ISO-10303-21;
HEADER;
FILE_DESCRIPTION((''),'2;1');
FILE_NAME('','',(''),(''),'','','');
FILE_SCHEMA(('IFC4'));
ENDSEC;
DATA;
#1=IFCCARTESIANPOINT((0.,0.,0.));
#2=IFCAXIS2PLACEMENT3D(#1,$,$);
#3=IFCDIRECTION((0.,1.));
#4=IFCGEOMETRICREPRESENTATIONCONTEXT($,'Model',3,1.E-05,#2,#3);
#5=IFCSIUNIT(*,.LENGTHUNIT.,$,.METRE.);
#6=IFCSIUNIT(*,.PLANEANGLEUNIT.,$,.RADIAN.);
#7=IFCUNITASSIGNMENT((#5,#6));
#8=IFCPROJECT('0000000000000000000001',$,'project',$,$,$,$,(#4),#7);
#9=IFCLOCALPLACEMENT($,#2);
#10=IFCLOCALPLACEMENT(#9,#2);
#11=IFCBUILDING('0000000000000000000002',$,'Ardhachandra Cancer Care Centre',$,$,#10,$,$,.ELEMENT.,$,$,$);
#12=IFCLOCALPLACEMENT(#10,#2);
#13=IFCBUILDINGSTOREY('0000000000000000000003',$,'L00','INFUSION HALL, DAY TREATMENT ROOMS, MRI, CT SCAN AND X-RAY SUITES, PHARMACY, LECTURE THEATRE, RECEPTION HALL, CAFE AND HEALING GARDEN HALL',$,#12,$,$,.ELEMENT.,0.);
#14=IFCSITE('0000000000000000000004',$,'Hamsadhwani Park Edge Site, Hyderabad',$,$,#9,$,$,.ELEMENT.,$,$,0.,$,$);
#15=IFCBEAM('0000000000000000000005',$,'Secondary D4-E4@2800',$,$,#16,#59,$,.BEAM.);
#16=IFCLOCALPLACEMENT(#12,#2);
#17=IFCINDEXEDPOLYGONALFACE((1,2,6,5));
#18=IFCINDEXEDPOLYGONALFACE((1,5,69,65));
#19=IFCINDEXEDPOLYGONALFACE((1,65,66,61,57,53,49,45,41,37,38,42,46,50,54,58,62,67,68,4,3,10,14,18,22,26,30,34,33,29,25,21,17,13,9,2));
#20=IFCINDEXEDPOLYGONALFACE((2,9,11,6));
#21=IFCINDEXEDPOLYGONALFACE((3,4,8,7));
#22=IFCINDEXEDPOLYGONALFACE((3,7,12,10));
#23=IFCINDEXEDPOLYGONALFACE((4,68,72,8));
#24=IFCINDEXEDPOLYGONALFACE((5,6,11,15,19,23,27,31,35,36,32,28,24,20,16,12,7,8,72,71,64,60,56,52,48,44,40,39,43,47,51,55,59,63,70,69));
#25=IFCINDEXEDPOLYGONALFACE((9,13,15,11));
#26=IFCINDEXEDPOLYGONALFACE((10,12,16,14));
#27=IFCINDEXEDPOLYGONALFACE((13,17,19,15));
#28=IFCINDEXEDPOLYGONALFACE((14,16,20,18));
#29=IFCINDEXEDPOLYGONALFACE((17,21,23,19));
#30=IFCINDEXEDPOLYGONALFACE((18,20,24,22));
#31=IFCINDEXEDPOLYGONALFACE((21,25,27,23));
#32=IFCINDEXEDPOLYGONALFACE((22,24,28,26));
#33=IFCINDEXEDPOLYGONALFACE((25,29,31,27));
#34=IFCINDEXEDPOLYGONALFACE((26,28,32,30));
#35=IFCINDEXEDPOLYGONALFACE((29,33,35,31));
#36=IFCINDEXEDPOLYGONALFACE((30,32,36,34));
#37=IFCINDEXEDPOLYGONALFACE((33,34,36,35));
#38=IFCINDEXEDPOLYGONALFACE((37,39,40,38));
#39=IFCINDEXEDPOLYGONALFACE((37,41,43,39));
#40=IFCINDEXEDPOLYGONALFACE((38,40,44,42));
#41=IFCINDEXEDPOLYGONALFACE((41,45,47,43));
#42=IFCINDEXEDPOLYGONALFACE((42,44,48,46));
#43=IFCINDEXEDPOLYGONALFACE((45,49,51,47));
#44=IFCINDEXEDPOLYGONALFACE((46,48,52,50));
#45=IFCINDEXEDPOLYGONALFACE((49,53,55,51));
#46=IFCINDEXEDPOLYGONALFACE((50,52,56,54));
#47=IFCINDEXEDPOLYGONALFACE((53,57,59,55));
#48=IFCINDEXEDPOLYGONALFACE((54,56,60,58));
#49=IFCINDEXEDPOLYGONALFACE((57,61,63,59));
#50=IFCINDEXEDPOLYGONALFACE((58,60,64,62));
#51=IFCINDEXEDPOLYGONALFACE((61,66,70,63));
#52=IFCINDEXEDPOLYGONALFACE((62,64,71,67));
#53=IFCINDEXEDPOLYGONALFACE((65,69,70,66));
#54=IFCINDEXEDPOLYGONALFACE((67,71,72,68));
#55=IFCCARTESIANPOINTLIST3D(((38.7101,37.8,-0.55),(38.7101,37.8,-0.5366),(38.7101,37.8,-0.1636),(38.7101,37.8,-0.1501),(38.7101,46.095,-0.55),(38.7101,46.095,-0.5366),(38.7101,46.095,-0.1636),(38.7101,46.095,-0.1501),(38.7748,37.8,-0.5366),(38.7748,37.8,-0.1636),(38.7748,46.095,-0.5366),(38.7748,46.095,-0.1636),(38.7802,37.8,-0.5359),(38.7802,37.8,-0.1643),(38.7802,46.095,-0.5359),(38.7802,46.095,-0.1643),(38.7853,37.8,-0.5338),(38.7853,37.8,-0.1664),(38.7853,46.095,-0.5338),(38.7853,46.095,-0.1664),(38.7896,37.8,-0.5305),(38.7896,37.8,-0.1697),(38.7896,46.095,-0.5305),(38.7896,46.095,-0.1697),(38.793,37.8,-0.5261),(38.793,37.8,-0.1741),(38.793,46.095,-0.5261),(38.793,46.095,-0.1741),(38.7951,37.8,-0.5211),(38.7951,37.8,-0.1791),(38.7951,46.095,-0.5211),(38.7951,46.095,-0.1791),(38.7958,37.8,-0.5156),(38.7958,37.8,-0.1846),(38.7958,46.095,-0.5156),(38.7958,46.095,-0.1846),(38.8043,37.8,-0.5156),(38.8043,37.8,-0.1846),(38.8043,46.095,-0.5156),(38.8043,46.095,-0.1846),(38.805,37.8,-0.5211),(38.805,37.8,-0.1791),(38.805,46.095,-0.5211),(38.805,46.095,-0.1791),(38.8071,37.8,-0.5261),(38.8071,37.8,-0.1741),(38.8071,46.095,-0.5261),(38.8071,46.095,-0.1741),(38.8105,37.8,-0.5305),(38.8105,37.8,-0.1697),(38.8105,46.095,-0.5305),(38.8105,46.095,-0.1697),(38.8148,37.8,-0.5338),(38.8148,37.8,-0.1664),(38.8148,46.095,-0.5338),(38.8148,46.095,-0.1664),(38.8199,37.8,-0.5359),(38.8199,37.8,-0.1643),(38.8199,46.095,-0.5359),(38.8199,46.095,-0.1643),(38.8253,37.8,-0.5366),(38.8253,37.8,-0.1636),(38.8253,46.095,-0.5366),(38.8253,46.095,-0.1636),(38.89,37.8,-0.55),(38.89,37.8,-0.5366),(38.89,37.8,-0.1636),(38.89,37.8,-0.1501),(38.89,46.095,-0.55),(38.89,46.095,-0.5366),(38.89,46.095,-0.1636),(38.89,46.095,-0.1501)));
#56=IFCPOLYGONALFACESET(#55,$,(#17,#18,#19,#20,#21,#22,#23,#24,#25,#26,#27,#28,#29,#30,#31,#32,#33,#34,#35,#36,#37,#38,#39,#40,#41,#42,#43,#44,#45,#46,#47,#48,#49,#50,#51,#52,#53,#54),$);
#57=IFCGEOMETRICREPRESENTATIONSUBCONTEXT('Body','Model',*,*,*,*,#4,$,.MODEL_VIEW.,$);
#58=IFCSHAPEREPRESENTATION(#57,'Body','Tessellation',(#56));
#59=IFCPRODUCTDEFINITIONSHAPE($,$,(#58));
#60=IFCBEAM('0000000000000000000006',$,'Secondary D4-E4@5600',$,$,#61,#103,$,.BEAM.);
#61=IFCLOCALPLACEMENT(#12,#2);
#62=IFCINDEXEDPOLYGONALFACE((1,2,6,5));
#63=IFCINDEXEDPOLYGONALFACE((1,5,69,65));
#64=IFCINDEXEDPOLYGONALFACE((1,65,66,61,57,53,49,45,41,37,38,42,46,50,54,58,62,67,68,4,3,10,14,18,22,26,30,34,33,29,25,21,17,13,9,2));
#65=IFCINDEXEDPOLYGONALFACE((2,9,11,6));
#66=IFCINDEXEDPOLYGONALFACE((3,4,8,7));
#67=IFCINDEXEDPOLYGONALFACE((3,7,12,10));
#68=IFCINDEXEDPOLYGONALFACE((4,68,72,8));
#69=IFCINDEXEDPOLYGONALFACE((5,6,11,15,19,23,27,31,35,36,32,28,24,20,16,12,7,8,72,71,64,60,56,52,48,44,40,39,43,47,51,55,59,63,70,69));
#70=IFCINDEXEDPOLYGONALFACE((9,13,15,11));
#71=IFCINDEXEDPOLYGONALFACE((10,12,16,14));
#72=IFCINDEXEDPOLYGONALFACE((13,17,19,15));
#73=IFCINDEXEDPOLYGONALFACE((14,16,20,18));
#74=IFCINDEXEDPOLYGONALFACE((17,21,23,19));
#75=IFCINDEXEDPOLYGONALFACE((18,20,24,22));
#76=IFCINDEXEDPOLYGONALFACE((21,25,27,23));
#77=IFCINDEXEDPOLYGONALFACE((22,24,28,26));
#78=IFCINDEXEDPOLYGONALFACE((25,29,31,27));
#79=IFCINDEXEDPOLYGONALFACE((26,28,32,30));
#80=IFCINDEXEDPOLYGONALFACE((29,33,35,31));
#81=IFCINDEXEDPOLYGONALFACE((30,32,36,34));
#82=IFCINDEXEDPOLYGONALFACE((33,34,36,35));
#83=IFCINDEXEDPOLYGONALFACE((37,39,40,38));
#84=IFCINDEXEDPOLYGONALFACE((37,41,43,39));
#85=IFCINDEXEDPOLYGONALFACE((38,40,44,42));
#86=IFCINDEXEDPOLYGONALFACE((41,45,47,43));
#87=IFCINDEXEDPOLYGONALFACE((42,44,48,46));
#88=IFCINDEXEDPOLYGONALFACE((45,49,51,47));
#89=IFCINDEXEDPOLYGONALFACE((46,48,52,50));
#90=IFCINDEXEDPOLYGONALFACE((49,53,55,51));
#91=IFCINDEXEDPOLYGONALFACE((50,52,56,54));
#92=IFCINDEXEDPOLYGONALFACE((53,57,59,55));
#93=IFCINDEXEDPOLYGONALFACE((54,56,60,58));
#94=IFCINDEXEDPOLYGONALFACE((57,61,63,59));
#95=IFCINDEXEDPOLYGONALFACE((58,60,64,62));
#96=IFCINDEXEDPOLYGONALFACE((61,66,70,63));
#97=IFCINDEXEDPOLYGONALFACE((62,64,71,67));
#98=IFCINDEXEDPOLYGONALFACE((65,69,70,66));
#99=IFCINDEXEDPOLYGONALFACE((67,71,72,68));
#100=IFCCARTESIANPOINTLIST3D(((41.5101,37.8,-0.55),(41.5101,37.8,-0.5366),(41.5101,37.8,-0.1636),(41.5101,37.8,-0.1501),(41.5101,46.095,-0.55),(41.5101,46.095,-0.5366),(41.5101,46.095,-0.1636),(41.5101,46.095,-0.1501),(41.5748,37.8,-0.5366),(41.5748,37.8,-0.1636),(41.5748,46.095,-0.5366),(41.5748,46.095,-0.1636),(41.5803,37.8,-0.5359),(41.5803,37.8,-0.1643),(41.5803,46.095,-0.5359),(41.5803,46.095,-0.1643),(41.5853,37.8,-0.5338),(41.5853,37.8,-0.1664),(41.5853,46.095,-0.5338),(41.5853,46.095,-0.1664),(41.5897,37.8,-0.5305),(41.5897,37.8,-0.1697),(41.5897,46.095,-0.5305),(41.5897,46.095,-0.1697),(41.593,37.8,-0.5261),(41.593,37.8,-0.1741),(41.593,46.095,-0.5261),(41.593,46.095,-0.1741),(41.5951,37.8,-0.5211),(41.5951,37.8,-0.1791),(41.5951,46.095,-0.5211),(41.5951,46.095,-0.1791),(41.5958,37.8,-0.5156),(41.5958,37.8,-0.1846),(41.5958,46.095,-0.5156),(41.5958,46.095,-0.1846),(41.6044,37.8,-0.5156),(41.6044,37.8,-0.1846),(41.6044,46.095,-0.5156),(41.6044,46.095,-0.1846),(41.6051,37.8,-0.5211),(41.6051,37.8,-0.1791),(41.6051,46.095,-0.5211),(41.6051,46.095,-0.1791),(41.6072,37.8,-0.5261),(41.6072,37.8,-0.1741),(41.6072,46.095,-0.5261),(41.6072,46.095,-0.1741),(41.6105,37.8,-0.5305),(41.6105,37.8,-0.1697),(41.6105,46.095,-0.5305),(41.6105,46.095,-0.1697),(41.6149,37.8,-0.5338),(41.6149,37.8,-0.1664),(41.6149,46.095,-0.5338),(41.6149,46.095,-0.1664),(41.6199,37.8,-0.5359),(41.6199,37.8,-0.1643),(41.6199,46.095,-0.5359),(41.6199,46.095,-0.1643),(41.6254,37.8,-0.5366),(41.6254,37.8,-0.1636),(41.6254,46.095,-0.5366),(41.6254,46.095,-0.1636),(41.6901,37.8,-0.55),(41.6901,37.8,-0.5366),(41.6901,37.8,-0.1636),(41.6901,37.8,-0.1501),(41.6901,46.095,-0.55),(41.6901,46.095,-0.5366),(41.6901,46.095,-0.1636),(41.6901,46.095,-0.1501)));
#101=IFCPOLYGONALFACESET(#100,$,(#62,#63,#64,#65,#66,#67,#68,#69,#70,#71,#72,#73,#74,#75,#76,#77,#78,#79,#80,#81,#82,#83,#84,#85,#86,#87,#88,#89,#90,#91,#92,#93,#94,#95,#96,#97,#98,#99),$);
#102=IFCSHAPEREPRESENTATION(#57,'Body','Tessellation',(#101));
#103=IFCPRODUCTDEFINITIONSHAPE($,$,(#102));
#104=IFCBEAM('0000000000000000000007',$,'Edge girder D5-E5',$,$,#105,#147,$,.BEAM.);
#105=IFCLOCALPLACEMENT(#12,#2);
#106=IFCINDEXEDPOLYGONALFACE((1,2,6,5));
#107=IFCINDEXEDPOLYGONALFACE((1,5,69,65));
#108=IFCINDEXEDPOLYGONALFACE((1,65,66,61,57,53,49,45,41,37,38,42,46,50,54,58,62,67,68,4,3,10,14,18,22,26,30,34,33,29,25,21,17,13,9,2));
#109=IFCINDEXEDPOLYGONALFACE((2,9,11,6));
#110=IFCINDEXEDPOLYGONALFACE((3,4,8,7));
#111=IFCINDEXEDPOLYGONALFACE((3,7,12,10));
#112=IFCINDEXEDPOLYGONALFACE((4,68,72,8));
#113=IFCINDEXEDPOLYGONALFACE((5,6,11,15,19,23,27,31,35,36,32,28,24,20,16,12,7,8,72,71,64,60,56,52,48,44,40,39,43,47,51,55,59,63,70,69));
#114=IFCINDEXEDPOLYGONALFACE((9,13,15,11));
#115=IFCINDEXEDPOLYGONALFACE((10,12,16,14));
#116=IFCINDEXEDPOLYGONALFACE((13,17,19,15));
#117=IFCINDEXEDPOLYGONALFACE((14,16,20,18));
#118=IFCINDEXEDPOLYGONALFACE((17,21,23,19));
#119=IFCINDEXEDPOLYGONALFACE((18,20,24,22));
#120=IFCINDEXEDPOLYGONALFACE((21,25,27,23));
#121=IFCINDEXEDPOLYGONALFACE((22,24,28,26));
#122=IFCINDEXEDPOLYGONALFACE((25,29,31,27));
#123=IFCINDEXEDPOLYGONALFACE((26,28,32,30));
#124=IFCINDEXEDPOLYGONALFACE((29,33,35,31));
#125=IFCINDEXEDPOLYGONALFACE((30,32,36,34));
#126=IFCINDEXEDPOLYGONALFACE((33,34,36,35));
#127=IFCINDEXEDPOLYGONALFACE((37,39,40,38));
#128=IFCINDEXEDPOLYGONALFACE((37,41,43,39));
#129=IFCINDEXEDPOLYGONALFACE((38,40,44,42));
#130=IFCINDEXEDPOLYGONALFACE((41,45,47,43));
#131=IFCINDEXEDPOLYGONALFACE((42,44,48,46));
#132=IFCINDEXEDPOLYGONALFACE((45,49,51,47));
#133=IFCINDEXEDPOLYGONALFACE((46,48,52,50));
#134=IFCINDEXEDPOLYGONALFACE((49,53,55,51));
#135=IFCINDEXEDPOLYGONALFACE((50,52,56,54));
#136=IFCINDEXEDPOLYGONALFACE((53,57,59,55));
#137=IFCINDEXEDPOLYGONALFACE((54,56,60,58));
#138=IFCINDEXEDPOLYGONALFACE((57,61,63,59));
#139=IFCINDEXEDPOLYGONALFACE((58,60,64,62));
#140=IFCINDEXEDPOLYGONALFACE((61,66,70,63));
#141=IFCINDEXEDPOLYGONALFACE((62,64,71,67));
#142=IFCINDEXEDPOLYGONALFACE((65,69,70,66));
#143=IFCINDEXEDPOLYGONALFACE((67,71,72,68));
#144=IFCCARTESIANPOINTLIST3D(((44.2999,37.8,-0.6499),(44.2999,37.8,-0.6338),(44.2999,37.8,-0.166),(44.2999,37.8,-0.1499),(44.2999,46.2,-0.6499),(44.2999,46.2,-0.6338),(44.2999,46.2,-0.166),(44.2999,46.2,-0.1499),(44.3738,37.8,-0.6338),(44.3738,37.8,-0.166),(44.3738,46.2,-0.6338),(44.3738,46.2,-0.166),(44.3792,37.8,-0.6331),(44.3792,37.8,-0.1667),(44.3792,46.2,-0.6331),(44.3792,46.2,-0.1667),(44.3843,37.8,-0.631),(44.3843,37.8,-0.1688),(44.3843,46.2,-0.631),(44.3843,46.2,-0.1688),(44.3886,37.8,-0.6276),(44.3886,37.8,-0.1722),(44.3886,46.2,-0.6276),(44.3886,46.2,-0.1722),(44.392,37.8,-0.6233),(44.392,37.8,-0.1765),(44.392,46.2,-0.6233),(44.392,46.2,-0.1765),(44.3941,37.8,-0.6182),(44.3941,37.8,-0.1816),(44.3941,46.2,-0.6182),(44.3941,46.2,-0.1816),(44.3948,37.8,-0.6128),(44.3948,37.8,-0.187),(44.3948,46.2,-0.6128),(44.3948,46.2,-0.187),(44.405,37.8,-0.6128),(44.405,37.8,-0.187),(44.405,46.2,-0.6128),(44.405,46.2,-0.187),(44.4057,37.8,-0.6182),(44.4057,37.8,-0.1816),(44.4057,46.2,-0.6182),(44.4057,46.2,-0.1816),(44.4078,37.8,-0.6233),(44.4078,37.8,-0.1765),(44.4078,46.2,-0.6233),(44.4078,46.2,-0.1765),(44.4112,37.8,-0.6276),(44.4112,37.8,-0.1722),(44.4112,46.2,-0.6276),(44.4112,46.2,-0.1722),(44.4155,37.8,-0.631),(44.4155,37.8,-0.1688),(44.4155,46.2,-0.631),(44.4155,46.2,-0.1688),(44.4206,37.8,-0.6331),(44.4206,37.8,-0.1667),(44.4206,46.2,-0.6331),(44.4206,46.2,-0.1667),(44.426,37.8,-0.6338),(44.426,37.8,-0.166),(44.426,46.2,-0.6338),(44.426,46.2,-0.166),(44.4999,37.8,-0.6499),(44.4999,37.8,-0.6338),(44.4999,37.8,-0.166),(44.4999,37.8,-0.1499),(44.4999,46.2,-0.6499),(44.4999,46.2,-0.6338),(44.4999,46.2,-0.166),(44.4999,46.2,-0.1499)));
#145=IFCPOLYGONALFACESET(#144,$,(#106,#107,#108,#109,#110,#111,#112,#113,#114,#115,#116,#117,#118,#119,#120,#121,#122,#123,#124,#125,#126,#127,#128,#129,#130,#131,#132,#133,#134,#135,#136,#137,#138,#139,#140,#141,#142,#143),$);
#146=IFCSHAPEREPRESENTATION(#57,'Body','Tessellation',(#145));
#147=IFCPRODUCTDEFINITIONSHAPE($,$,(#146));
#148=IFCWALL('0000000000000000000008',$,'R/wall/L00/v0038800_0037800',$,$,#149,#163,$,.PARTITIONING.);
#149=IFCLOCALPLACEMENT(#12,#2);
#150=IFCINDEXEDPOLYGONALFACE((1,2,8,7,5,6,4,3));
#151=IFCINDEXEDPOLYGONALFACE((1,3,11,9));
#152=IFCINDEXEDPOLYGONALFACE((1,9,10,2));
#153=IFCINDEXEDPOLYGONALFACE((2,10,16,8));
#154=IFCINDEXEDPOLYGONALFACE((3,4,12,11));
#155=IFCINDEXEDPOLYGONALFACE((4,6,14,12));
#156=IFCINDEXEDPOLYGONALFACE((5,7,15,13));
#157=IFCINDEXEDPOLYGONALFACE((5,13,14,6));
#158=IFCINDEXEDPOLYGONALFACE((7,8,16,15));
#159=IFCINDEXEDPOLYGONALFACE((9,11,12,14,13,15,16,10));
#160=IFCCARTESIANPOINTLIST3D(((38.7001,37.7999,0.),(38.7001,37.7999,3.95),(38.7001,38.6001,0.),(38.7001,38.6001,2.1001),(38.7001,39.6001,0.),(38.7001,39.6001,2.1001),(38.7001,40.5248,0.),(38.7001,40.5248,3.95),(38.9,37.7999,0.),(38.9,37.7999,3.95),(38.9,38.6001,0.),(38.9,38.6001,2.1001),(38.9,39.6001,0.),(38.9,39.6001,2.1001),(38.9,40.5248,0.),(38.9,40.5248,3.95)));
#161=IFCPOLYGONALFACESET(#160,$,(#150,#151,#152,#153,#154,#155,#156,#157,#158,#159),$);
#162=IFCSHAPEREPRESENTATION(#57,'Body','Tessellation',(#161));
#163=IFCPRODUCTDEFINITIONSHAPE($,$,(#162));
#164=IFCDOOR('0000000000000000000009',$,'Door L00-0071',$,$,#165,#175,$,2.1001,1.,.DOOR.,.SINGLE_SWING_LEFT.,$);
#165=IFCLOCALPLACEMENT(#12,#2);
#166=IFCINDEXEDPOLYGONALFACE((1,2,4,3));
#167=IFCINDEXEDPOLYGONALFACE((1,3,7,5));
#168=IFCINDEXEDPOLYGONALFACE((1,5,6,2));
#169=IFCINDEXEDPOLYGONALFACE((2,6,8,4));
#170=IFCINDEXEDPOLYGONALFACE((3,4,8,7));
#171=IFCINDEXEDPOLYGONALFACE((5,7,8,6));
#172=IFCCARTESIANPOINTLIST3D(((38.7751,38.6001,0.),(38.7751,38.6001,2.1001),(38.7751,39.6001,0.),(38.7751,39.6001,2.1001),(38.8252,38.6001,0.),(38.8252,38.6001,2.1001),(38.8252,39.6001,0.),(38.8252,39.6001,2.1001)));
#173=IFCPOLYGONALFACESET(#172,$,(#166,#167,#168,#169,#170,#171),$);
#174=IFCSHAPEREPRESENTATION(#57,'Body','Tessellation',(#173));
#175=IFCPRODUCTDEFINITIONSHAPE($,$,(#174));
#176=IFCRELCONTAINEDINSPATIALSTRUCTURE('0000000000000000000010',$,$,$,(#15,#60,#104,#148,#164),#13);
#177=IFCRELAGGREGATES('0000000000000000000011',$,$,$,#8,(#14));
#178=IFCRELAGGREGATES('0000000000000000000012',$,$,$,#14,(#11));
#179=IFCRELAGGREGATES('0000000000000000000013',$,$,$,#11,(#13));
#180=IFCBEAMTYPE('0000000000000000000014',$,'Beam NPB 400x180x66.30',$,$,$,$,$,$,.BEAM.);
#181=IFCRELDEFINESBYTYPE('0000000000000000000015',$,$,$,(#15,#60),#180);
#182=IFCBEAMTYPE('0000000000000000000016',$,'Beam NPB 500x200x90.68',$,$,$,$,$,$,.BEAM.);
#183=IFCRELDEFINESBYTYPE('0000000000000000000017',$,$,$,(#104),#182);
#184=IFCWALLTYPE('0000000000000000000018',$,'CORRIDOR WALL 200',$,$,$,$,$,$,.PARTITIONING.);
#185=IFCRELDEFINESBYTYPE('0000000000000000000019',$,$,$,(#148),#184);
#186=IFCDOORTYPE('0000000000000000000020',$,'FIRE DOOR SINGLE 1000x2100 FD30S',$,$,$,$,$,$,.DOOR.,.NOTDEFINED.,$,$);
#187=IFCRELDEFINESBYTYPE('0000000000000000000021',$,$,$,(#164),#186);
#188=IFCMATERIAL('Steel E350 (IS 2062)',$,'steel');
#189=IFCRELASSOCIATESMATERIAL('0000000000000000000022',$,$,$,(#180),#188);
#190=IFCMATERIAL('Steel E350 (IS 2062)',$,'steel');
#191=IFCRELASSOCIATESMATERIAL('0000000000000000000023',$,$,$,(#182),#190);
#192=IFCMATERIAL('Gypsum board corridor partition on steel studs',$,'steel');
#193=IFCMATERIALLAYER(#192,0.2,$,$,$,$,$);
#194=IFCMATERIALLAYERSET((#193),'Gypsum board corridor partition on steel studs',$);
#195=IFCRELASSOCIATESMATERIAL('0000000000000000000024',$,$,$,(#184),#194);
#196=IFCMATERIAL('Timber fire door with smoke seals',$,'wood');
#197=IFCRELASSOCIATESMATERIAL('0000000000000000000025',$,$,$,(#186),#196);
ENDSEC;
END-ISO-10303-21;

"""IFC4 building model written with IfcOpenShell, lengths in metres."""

from ifc_helpers import new_model, si_unit, direction, frame, frame_2d, origin, origin_2d, place, context, subcontext, project, spatial, rectangle, i_section, extrude, material, layer, layer_set, material_profile, profile_set, type_object, element, fill, save


model = new_model("IFC4")

# Units and contexts
model_context = context("Model", 3, precision=1e-05, world=origin(), true_north=direction((0.0, 1.0)))
body_context = subcontext(model_context, "Body", "Model", "MODEL_VIEW")
ifc_project = project(units=[si_unit("LENGTHUNIT", "METRE"), si_unit("PLANEANGLEUNIT", "RADIAN")], contexts=[model_context])

# Site, building, storey
site_placement = place(None, origin())
site = spatial("IfcSite", under=ifc_project, at=site_placement, Name="Hamsadhwani Park Edge Site, Hyderabad", CompositionType="ELEMENT", RefElevation=0.0)
building_placement = place(site_placement, origin())
building = spatial("IfcBuilding", under=site, at=building_placement, Name="Ardhachandra Cancer Care Centre", CompositionType="ELEMENT")
storey_placement = place(building_placement, origin())
storey = spatial("IfcBuildingStorey", under=building, at=storey_placement, Name="L00", Description="INFUSION HALL, DAY TREATMENT ROOMS, MRI, CT SCAN AND X-RAY SUITES, PHARMACY, LECTURE THEATRE, RECEPTION HALL, CAFE AND HEALING GARDEN HALL", CompositionType="ELEMENT", Elevation=0.0)

# Beams
ifc_material_1 = material(Name="Steel E350 (IS 2062)", Category="steel")
ifc_material_profile_1 = material_profile(ifc_material_1, i_section(OverallWidth=0.1799, OverallDepth=0.3999, WebThickness=0.0085, FlangeThickness=0.0134, FilletRadius=0.021, at=origin_2d()), Name="NPB 400x180x66.30")
ifc_profile_set_1 = profile_set([ifc_material_profile_1], Name="Steel E350 (IS 2062)")
beam_type_1 = type_object("IfcBeamType", Name="Beam NPB 400x180x66.30", PredefinedType="BEAM", material=ifc_profile_set_1)
for number, where, z_axis, x_axis, name in (
    (1, (38.8, 37.8, -0.3501), (0.0, 1.0, 0.0), (-1.0, 0.0, 0.0), "Secondary D4-E4@2800"),
    (2, (41.6001, 37.8, -0.3501), (0.0, 1.0, 0.0), (-1.0, 0.0, 0.0), "Secondary D4-E4@5600"),
):
    element("IfcBeam", number, at=place(storey_placement, frame(where, z_axis=z_axis, x_axis=x_axis)), inside=storey, type_object=beam_type_1, Name=name, PredefinedType="BEAM", context=body_context, shape_type="SweptSolid", body=[
        extrude(i_section(OverallWidth=0.1799, OverallDepth=0.3999, WebThickness=0.0085, FlangeThickness=0.0134, FilletRadius=0.021, at=origin_2d()), origin(), (0.0, 0.0, 1.0), 8.2949),
    ])
ifc_material_2 = material(Name="Steel E350 (IS 2062)", Category="steel")
ifc_material_profile_2 = material_profile(ifc_material_2, i_section(OverallWidth=0.2, OverallDepth=0.5, WebThickness=0.0103, FlangeThickness=0.0161, FilletRadius=0.021, at=origin_2d()), Name="NPB 500x200x90.68")
ifc_profile_set_2 = profile_set([ifc_material_profile_2], Name="Steel E350 (IS 2062)")
beam_type_2 = type_object("IfcBeamType", Name="Beam NPB 500x200x90.68", PredefinedType="BEAM", material=ifc_profile_set_2)
beam_placement = place(storey_placement, frame((44.3999, 37.8, -0.3999), z_axis=(0.0, 1.0, 0.0), x_axis=(-1.0, 0.0, 0.0)))
element("IfcBeam", 3, at=beam_placement, inside=storey, type_object=beam_type_2, Name="Edge girder D5-E5", PredefinedType="BEAM", context=body_context, shape_type="SweptSolid", body=[
    extrude(i_section(OverallWidth=0.2, OverallDepth=0.5, WebThickness=0.0103, FlangeThickness=0.0161, FilletRadius=0.021, at=origin_2d()), origin(), (0.0, 0.0, 1.0), 8.3999),
])

# Wall, opening, door
ifc_material_3 = material(Name="Gypsum board corridor partition on steel studs", Category="steel")
ifc_layer_1 = layer(ifc_material_3, 0.2)
ifc_layer_set_1 = layer_set([ifc_layer_1], Name="Gypsum board corridor partition on steel studs")
wall_type_1 = type_object("IfcWallType", Name="CORRIDOR WALL 200", PredefinedType="PARTITIONING", material=ifc_layer_set_1)
wall_1_placement = place(storey_placement, frame((38.8, 37.8, 0.0), z_axis=(0.0, 0.0, 1.0), x_axis=(0.0, 1.0, 0.0)))
wall_1 = element("IfcWall", 4, at=wall_1_placement, inside=storey, type_object=wall_type_1, Name="R/wall/L00/v0038800_0037800", PredefinedType="PARTITIONING", context=body_context, shape_type="SweptSolid", body=[
    extrude(rectangle(XDim=2.7249, YDim=0.2, at=frame_2d((1.3623, 0.0))), origin(), (0.0, 0.0, 1.0), 3.95),
])
opening_1_placement = place(wall_1_placement, frame((0.8, 0.0, 0.0)))
opening_1 = element("IfcOpeningElement", 5, at=opening_1_placement, cuts=wall_1, PredefinedType="OPENING", context=body_context, shape_type="SweptSolid", body=[
    extrude(rectangle(XDim=1.0, YDim=2.1001, at=frame_2d((0.5, 1.05))), frame((0.0, 0.1099, 0.0), z_axis=(0.0, -1.0, 0.0), x_axis=(1.0, 0.0, 0.0)), (0.0, 0.0, 1.0), 0.22),
])
ifc_material_4 = material(Name="Timber fire door with smoke seals", Category="wood")
door_type_1 = type_object("IfcDoorType", Name="FIRE DOOR SINGLE 1000x2100 FD30S", OperationType="NOTDEFINED", PredefinedType="DOOR", material=ifc_material_4)
door_1_placement = place(opening_1_placement, origin())
door_1 = element("IfcDoor", 6, at=door_1_placement, inside=storey, type_object=door_type_1, Name="Door L00-0071", OperationType="SINGLE_SWING_LEFT", OverallHeight=2.1001, OverallWidth=1.0, PredefinedType="DOOR", context=body_context, shape_type="SweptSolid", body=[
    extrude(rectangle(XDim=1.0, YDim=2.1001, at=frame_2d((0.5, 1.05))), frame((0.0, 0.0249, 0.0), z_axis=(0.0, -1.0, 0.0), x_axis=(1.0, 0.0, 0.0)), (0.0, 0.0, 1.0), 0.05),
])
fill(opening_1, door_1)

save(model, "model.ifc")
